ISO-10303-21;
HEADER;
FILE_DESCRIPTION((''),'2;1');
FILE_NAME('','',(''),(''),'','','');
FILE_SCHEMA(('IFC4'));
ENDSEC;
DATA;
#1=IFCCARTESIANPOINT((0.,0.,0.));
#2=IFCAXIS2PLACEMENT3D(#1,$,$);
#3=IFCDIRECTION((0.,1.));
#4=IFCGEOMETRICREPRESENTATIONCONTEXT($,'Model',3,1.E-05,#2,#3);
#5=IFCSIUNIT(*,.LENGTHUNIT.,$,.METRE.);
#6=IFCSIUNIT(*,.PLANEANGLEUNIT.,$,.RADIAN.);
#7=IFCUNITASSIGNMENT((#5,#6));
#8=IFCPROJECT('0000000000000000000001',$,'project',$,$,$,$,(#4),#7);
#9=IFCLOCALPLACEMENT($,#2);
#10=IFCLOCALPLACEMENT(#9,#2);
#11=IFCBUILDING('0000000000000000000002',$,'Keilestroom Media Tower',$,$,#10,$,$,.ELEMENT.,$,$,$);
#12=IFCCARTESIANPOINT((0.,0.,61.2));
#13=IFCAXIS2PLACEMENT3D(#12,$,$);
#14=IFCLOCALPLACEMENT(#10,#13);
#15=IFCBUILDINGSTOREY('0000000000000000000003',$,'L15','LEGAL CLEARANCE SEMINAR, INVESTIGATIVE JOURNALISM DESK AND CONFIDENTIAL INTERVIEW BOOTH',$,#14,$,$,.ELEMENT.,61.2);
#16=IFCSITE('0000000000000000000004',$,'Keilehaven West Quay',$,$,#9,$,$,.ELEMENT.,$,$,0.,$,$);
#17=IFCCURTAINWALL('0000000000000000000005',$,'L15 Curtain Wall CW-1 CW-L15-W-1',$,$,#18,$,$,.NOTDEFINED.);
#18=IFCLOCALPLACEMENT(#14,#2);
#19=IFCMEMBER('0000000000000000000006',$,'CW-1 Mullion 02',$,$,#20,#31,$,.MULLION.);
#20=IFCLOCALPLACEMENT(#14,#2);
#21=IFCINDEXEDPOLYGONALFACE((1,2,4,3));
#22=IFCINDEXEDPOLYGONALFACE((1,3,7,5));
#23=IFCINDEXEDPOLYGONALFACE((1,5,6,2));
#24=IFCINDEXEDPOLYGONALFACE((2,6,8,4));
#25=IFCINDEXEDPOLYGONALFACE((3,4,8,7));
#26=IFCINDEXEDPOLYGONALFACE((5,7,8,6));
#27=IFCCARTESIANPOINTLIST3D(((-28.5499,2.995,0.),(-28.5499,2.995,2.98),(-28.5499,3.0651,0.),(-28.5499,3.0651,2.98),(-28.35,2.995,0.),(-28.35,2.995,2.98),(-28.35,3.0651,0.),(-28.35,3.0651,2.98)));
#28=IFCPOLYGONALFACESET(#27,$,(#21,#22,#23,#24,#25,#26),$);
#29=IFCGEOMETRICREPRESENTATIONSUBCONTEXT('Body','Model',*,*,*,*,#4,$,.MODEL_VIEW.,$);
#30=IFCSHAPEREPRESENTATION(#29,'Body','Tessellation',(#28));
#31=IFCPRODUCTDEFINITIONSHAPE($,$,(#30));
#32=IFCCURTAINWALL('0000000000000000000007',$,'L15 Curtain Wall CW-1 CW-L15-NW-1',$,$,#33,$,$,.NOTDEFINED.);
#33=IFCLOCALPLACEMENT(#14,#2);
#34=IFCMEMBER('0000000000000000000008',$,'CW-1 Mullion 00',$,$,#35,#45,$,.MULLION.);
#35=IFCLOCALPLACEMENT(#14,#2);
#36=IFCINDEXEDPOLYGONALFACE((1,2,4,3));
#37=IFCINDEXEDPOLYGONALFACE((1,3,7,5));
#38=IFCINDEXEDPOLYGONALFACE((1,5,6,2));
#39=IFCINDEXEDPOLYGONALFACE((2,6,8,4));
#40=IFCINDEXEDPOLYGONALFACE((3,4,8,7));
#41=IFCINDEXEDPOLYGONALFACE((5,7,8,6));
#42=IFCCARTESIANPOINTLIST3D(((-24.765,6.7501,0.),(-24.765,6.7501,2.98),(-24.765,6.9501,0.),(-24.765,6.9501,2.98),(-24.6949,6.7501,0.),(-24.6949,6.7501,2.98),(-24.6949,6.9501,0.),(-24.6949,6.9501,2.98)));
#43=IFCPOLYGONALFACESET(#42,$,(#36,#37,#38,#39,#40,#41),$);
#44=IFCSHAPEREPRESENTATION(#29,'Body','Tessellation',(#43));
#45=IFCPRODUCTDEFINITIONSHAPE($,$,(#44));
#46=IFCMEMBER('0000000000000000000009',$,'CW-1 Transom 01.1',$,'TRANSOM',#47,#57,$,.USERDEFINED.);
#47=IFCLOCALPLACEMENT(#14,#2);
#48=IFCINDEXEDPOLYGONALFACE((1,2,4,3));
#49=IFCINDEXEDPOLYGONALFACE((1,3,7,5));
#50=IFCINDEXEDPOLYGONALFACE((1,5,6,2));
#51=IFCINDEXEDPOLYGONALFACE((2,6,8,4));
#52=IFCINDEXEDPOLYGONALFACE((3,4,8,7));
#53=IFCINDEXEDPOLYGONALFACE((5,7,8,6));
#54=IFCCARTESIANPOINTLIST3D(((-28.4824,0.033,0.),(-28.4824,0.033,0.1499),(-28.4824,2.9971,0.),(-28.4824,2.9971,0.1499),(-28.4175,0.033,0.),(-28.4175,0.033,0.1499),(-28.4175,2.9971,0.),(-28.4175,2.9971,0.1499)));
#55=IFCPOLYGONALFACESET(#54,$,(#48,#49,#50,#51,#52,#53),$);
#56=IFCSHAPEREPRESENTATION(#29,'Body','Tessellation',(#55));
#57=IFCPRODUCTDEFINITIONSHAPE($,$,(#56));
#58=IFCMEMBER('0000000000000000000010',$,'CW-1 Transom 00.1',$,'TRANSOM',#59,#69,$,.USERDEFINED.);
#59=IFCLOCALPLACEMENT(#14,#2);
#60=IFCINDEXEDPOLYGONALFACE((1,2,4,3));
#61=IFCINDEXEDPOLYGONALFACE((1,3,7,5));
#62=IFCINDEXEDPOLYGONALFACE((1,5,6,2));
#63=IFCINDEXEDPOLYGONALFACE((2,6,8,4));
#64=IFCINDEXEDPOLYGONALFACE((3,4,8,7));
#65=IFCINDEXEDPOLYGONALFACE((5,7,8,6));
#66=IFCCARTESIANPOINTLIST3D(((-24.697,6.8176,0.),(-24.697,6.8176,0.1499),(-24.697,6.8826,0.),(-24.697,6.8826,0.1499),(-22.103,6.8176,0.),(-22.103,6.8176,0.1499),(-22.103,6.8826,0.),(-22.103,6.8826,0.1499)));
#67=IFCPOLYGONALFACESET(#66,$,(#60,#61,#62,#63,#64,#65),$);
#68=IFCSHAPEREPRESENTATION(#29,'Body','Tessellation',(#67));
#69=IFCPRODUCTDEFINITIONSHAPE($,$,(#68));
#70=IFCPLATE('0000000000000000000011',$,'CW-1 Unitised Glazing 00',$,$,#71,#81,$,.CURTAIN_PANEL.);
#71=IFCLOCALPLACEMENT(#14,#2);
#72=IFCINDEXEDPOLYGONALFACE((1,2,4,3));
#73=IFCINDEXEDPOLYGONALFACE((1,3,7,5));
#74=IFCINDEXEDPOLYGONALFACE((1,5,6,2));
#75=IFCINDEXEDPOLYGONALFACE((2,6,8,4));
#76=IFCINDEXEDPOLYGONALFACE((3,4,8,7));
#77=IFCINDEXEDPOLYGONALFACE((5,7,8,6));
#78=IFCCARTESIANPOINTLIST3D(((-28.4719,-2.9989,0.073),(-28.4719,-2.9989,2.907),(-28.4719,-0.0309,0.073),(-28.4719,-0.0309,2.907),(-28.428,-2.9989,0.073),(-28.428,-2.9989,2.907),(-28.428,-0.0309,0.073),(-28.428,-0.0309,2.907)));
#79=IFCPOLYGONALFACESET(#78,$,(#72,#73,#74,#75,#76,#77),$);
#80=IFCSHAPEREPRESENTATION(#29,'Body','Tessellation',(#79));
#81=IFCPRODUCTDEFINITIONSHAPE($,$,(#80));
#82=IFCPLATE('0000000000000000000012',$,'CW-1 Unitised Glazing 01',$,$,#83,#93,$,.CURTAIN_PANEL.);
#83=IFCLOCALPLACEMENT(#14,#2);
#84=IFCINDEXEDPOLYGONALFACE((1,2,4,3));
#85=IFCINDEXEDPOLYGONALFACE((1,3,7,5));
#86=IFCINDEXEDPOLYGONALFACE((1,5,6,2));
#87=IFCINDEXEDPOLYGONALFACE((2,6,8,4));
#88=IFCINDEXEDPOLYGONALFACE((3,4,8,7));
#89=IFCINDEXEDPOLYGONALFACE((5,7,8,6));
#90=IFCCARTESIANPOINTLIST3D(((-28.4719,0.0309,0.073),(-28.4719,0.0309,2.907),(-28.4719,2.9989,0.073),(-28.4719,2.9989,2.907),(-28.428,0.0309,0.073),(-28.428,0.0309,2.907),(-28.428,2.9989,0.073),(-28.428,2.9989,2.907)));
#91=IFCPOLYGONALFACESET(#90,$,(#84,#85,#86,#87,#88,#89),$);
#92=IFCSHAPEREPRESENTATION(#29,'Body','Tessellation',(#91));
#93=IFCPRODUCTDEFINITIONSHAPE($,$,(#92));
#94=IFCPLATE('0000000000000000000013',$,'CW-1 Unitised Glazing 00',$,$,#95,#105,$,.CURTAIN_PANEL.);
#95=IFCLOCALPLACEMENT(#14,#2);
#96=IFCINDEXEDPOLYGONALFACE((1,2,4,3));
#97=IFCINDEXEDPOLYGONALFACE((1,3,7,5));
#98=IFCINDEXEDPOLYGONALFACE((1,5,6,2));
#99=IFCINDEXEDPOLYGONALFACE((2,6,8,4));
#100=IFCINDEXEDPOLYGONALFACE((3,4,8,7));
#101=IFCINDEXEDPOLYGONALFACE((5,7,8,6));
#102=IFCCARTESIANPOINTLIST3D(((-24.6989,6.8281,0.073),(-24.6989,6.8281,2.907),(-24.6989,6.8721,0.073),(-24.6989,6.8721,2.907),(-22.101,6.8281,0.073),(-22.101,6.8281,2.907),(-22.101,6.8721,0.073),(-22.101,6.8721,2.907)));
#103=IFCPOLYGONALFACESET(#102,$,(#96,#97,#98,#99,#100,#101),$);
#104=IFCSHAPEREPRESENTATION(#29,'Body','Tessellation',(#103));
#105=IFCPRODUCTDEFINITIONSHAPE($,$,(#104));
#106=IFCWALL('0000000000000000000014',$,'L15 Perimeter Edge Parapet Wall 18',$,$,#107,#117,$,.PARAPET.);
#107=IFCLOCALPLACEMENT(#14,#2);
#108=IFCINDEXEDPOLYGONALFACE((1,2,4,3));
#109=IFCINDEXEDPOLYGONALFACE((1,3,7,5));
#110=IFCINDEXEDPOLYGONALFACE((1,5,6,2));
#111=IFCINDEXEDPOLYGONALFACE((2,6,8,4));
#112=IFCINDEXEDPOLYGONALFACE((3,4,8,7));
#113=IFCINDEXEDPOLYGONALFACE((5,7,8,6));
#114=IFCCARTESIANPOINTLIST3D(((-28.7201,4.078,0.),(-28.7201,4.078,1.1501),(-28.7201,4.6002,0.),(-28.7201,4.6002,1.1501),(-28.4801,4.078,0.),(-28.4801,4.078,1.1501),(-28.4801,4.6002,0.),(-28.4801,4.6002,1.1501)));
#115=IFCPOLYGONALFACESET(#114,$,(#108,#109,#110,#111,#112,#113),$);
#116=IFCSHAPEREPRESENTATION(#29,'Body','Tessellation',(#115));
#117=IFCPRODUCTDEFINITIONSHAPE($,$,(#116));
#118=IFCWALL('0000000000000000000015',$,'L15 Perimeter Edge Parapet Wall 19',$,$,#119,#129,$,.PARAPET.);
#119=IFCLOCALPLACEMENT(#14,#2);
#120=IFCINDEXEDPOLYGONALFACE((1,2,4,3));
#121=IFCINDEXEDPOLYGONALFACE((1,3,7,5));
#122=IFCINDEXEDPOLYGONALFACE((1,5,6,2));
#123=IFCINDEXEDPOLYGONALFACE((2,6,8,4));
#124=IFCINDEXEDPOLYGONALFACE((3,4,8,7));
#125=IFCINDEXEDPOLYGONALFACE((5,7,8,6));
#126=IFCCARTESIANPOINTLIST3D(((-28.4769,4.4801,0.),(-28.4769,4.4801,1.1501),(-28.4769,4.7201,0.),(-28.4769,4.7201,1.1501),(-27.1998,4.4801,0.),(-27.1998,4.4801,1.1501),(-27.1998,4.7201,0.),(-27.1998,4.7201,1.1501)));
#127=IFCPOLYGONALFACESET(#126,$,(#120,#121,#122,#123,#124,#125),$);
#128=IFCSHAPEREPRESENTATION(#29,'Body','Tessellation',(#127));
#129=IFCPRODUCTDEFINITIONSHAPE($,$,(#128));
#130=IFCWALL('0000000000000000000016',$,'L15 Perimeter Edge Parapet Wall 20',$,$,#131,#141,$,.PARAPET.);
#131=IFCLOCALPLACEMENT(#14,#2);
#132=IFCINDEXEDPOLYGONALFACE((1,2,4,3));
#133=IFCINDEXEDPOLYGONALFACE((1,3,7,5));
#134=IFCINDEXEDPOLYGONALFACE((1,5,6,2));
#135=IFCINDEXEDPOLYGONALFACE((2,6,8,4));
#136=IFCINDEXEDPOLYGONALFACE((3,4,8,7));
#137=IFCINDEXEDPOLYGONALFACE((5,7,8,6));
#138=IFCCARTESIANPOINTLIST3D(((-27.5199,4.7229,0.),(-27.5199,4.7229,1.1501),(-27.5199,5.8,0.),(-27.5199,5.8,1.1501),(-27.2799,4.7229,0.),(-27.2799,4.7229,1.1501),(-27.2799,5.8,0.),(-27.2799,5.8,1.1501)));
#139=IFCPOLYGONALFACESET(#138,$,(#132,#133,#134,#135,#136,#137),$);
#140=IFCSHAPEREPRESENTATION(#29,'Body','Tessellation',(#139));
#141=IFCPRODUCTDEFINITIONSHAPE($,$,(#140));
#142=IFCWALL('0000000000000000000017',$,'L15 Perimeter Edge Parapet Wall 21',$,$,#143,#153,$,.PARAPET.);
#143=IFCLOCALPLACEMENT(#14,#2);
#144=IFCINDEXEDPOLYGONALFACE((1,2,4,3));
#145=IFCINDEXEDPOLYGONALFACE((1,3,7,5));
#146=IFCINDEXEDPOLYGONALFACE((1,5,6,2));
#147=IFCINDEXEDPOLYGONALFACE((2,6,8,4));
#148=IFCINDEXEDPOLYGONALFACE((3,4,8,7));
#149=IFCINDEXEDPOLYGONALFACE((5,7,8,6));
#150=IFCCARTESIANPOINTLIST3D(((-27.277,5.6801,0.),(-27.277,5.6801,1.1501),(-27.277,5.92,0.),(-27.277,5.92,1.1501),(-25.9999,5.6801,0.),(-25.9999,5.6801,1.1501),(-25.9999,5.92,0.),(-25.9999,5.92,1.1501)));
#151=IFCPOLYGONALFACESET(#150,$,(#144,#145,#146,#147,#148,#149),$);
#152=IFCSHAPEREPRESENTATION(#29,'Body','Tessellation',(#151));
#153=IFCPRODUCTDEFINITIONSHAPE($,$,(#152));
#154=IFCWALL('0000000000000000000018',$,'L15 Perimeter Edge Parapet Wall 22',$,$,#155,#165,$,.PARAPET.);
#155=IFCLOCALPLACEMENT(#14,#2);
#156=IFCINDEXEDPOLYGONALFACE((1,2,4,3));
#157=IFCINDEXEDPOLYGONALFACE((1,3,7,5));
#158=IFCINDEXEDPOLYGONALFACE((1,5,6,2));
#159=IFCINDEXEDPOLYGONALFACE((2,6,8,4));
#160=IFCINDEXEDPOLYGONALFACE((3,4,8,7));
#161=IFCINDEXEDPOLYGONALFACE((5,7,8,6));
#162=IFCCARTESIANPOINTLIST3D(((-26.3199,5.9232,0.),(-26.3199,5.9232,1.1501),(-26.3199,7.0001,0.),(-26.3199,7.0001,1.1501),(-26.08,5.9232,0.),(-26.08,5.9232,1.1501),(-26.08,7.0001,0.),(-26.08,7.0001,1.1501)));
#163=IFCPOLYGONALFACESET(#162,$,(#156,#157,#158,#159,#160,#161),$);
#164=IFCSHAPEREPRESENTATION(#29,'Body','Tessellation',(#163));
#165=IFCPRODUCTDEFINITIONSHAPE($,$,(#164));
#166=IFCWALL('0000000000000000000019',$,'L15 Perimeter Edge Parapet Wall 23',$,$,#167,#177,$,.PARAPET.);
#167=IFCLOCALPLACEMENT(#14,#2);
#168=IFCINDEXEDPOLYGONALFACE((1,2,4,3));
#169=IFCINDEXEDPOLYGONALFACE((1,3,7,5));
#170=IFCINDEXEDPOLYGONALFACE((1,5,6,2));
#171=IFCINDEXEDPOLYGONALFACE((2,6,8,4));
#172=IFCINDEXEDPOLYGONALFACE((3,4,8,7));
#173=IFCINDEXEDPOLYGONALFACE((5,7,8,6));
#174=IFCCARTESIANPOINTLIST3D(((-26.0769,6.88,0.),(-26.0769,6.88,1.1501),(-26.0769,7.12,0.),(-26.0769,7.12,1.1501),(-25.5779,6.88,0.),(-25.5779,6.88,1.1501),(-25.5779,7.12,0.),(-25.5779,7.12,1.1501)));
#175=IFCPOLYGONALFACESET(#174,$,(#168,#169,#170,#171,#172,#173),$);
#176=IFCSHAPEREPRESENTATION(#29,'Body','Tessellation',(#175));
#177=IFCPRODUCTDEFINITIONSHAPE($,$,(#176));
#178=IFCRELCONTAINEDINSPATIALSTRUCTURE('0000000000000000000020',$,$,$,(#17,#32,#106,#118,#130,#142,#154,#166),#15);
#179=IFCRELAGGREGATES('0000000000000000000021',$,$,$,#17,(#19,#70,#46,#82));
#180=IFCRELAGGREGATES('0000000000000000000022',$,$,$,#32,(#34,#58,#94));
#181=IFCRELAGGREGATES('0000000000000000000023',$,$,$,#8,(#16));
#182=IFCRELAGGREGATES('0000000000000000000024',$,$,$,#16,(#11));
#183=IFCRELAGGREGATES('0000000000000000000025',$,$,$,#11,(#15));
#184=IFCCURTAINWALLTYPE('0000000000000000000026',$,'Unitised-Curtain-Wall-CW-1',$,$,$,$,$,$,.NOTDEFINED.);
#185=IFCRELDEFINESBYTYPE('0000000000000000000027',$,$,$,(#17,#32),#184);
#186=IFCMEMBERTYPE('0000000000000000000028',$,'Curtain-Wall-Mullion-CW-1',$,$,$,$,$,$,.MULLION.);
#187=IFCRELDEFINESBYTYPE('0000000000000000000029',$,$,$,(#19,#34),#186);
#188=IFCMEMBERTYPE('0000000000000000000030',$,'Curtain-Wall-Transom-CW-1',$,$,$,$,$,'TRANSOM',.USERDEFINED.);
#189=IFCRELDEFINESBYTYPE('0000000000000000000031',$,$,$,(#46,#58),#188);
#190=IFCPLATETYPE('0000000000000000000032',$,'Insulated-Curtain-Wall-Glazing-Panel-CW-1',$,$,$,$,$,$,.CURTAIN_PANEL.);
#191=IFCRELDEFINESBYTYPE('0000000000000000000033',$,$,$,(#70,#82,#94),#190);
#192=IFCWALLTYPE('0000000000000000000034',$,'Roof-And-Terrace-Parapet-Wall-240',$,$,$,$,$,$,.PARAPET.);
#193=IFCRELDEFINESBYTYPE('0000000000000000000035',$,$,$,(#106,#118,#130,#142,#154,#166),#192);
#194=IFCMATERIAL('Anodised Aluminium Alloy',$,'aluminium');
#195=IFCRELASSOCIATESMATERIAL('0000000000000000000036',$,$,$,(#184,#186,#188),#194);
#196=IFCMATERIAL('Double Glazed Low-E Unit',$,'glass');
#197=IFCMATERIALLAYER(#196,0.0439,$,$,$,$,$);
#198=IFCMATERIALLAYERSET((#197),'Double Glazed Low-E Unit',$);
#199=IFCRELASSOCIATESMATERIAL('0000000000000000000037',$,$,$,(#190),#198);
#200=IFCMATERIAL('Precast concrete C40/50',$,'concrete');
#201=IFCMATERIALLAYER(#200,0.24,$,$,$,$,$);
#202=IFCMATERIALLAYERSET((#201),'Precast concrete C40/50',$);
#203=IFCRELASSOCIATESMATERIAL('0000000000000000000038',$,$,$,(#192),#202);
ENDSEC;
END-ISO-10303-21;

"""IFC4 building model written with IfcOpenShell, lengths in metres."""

from ifc_helpers import new_model, si_unit, direction, frame, frame_2d, origin, origin_2d, place, context, subcontext, project, spatial, rectangle, extrude, source, transform, mapped, material, layer, layer_set, material_profile, profile_set, type_object, element, aggregate, save


model = new_model("IFC4")

# Units and contexts
model_context = context("Model", 3, precision=1e-05, world=origin(), true_north=direction((0.0, 1.0)))
body_context = subcontext(model_context, "Body", "Model", "MODEL_VIEW")
ifc_project = project(units=[si_unit("LENGTHUNIT", "METRE"), si_unit("PLANEANGLEUNIT", "RADIAN")], contexts=[model_context])

# Site, building, storey
site_placement = place(None, origin())
site = spatial("IfcSite", under=ifc_project, at=site_placement, Name="Keilehaven West Quay", CompositionType="ELEMENT", RefElevation=0.0)
building_placement = place(site_placement, origin())
building = spatial("IfcBuilding", under=site, at=building_placement, Name="Keilestroom Media Tower", CompositionType="ELEMENT")
storey_placement = place(building_placement, frame((0.0, 0.0, 61.2)))
storey = spatial("IfcBuildingStorey", under=building, at=storey_placement, Name="L15", Description="LEGAL CLEARANCE SEMINAR, INVESTIGATIVE JOURNALISM DESK AND CONFIDENTIAL INTERVIEW BOOTH", CompositionType="ELEMENT", Elevation=61.2)

# Shared definitions
ifc_material_1 = material(Name="Precast concrete C40/50", Category="concrete")

# Curtain wall, member
ifc_material_2 = material(Name="Anodised Aluminium Alloy", Category="aluminium")
curtain_wall_type = type_object("IfcCurtainWallType", Name="Unitised-Curtain-Wall-CW-1", PredefinedType="NOTDEFINED", material=ifc_material_2)
curtain_wall_1_placement = place(storey_placement, origin())
curtain_wall_1 = element("IfcCurtainWall", 1, at=curtain_wall_1_placement, inside=storey, type_object=curtain_wall_type, Name="L15 Curtain Wall CW-1 CW-L15-W-1", PredefinedType="NOTDEFINED")
ifc_material_profile_1 = material_profile(ifc_material_2, rectangle(XDim=0.0701, YDim=0.2, at=origin_2d()), Name="ALU MULLION 70x200")
ifc_profile_set_1 = profile_set([ifc_material_profile_1], Name="Anodised Aluminium Alloy")
member_type_1 = type_object("IfcMemberType", Name="Curtain-Wall-Mullion-CW-1", PredefinedType="MULLION", material=ifc_profile_set_1)
shared_shape_1 = source(origin(), body_context, "Body", "SweptSolid", [
    extrude(rectangle(XDim=0.0701, YDim=0.2, at=origin_2d()), origin(), (0.0, 0.0, 1.0), 2.98),
])
member_1_placement = place(storey_placement, frame((-28.45, 3.03, 0.0), z_axis=(0.0, 0.0, 1.0), x_axis=(0.0, 1.0, 0.0)))
member_1 = element("IfcMember", 2, at=member_1_placement, type_object=member_type_1, Name="CW-1 Mullion 02", PredefinedType="MULLION", context=body_context, shape_type="MappedRepresentation", body=[
    mapped(shared_shape_1, transform((0.0, 0.0, 0.0), x_axis=(1.0, 0.0, 0.0), y_axis=(0.0, 1.0, 0.0), z_axis=(0.0, 0.0, 1.0), scale=1.0)),
])

# Curtain wall, member
curtain_wall_2_placement = place(storey_placement, origin())
curtain_wall_2 = element("IfcCurtainWall", 3, at=curtain_wall_2_placement, inside=storey, type_object=curtain_wall_type, Name="L15 Curtain Wall CW-1 CW-L15-NW-1", PredefinedType="NOTDEFINED")
member_2_placement = place(storey_placement, frame((-24.73, 6.8501, 0.0), z_axis=(0.0, 0.0, 1.0), x_axis=(1.0, 0.0, 0.0)))
member_2 = element("IfcMember", 4, at=member_2_placement, type_object=member_type_1, Name="CW-1 Mullion 00", PredefinedType="MULLION", context=body_context, shape_type="MappedRepresentation", body=[
    mapped(shared_shape_1, transform((0.0, 0.0, 0.0), x_axis=(1.0, 0.0, 0.0), y_axis=(0.0, 1.0, 0.0), z_axis=(0.0, 0.0, 1.0), scale=1.0)),
])

# Members
ifc_material_profile_2 = material_profile(ifc_material_2, rectangle(XDim=0.0649, YDim=0.1499, at=origin_2d()), Name="ALU TRANSOM 65x150")
ifc_profile_set_2 = profile_set([ifc_material_profile_2], Name="Anodised Aluminium Alloy")
member_type_2 = type_object("IfcMemberType", Name="Curtain-Wall-Transom-CW-1", ElementType="TRANSOM", PredefinedType="USERDEFINED", material=ifc_profile_set_2)
shared_shape_2 = source(origin(), body_context, "Body", "SweptSolid", [
    extrude(rectangle(XDim=0.0649, YDim=0.1499, at=origin_2d()), origin(), (0.0, 0.0, 1.0), 2.9641),
])
member_3_placement = place(storey_placement, frame((-28.45, 0.033, 0.075), z_axis=(0.0, 1.0, 0.0), x_axis=(-1.0, 0.0, 0.0)))
member_3 = element("IfcMember", 5, at=member_3_placement, type_object=member_type_2, Name="CW-1 Transom 01.1", ObjectType="TRANSOM", PredefinedType="USERDEFINED", context=body_context, shape_type="MappedRepresentation", body=[
    mapped(shared_shape_2, transform((0.0, 0.0, 0.0), x_axis=(1.0, 0.0, 0.0), y_axis=(0.0, 1.0, 0.0), z_axis=(0.0, 0.0, 1.0), scale=1.0)),
])
shared_shape_3 = source(origin(), body_context, "Body", "SweptSolid", [
    extrude(rectangle(XDim=0.0649, YDim=0.1499, at=origin_2d()), origin(), (0.0, 0.0, 1.0), 2.594),
])
member_4_placement = place(storey_placement, frame((-24.697, 6.8501, 0.075), z_axis=(1.0, 0.0, 0.0), x_axis=(0.0, 1.0, 0.0)))
member_4 = element("IfcMember", 6, at=member_4_placement, type_object=member_type_2, Name="CW-1 Transom 00.1", ObjectType="TRANSOM", PredefinedType="USERDEFINED", context=body_context, shape_type="MappedRepresentation", body=[
    mapped(shared_shape_3, transform((0.0, 0.0, 0.0), x_axis=(1.0, 0.0, 0.0), y_axis=(0.0, 1.0, 0.0), z_axis=(0.0, 0.0, 1.0), scale=1.0)),
])

# Plates
ifc_material_3 = material(Name="Double Glazed Low-E Unit", Category="glass")
ifc_layer_1 = layer(ifc_material_3, 0.0439)
ifc_layer_set_1 = layer_set([ifc_layer_1], Name="Double Glazed Low-E Unit")
plate_type = type_object("IfcPlateType", Name="Insulated-Curtain-Wall-Glazing-Panel-CW-1", PredefinedType="CURTAIN_PANEL", material=ifc_layer_set_1)
shared_shape_4 = source(origin(), body_context, "Body", "SweptSolid", [
    extrude(rectangle(XDim=2.968, YDim=0.0439, at=origin_2d()), origin(), (0.0, 0.0, 1.0), 2.834),
])
plate_1_placement = place(storey_placement, frame((-28.45, -1.5149, 0.073), z_axis=(0.0, 0.0, 1.0), x_axis=(0.0, 1.0, 0.0)))
plate_1 = element("IfcPlate", 7, at=plate_1_placement, type_object=plate_type, Name="CW-1 Unitised Glazing 00", PredefinedType="CURTAIN_PANEL", context=body_context, shape_type="MappedRepresentation", body=[
    mapped(shared_shape_4, transform((0.0, 0.0, 0.0), x_axis=(1.0, 0.0, 0.0), y_axis=(0.0, 1.0, 0.0), z_axis=(0.0, 0.0, 1.0), scale=1.0)),
])
plate_2_placement = place(storey_placement, frame((-28.45, 1.5149, 0.073), z_axis=(0.0, 0.0, 1.0), x_axis=(0.0, 1.0, 0.0)))
plate_2 = element("IfcPlate", 8, at=plate_2_placement, type_object=plate_type, Name="CW-1 Unitised Glazing 01", PredefinedType="CURTAIN_PANEL", context=body_context, shape_type="MappedRepresentation", body=[
    mapped(shared_shape_4, transform((0.0, 0.0, 0.0), x_axis=(1.0, 0.0, 0.0), y_axis=(0.0, 1.0, 0.0), z_axis=(0.0, 0.0, 1.0), scale=1.0)),
])
aggregate(curtain_wall_1, [member_1, plate_1, member_3, plate_2])
shared_shape_5 = source(origin(), body_context, "Body", "SweptSolid", [
    extrude(rectangle(XDim=2.5979, YDim=0.0439, at=origin_2d()), origin(), (0.0, 0.0, 1.0), 2.834),
])
plate_3_placement = place(storey_placement, frame((-23.3999, 6.8501, 0.073), z_axis=(0.0, 0.0, 1.0), x_axis=(1.0, 0.0, 0.0)))
plate_3 = element("IfcPlate", 9, at=plate_3_placement, type_object=plate_type, Name="CW-1 Unitised Glazing 00", PredefinedType="CURTAIN_PANEL", context=body_context, shape_type="MappedRepresentation", body=[
    mapped(shared_shape_5, transform((0.0, 0.0, 0.0), x_axis=(1.0, 0.0, 0.0), y_axis=(0.0, 1.0, 0.0), z_axis=(0.0, 0.0, 1.0), scale=1.0)),
])
aggregate(curtain_wall_2, [member_2, member_4, plate_3])

# Walls
ifc_layer_2 = layer(ifc_material_1, 0.24)
ifc_layer_set_2 = layer_set([ifc_layer_2], Name="Precast concrete C40/50")
wall_type = type_object("IfcWallType", Name="Roof-And-Terrace-Parapet-Wall-240", PredefinedType="PARAPET", material=ifc_layer_set_2)
wall_1_placement = place(storey_placement, frame((-28.6001, 4.0779, 0.0), z_axis=(0.0, 0.0, 1.0), x_axis=(0.0, 1.0, 0.0)))
element("IfcWall", 10, at=wall_1_placement, inside=storey, type_object=wall_type, Name="L15 Perimeter Edge Parapet Wall 18", PredefinedType="PARAPET", context=body_context, shape_type="SweptSolid", body=[
    extrude(rectangle(XDim=0.5222, YDim=0.24, at=frame_2d((0.2612, 0.0))), origin(), (0.0, 0.0, 1.0), 1.1501),
])
wall_2_placement = place(storey_placement, frame((-28.4771, 4.6001, 0.0), z_axis=(0.0, 0.0, 1.0), x_axis=(1.0, 0.0, 0.0)))
element("IfcWall", 11, at=wall_2_placement, inside=storey, type_object=wall_type, Name="L15 Perimeter Edge Parapet Wall 19", PredefinedType="PARAPET", context=body_context, shape_type="SweptSolid", body=[
    extrude(rectangle(XDim=1.2771, YDim=0.24, at=frame_2d((0.6387, 0.0))), origin(), (0.0, 0.0, 1.0), 1.1501),
])
wall_3_placement = place(storey_placement, frame((-27.3999, 4.7229, 0.0), z_axis=(0.0, 0.0, 1.0), x_axis=(0.0, 1.0, 0.0)))
element("IfcWall", 12, at=wall_3_placement, inside=storey, type_object=wall_type, Name="L15 Perimeter Edge Parapet Wall 20", PredefinedType="PARAPET", context=body_context, shape_type="SweptSolid", body=[
    extrude(rectangle(XDim=1.0771, YDim=0.24, at=frame_2d((0.5386, 0.0))), origin(), (0.0, 0.0, 1.0), 1.1501),
])
wall_4_placement = place(storey_placement, frame((-27.2771, 5.8, 0.0), z_axis=(0.0, 0.0, 1.0), x_axis=(1.0, 0.0, 0.0)))
element("IfcWall", 13, at=wall_4_placement, inside=storey, type_object=wall_type, Name="L15 Perimeter Edge Parapet Wall 21", PredefinedType="PARAPET", context=body_context, shape_type="SweptSolid", body=[
    extrude(rectangle(XDim=1.2771, YDim=0.24, at=frame_2d((0.6387, 0.0))), origin(), (0.0, 0.0, 1.0), 1.1501),
])
wall_5_placement = place(storey_placement, frame((-26.2, 5.9231, 0.0), z_axis=(0.0, 0.0, 1.0), x_axis=(0.0, 1.0, 0.0)))
element("IfcWall", 14, at=wall_5_placement, inside=storey, type_object=wall_type, Name="L15 Perimeter Edge Parapet Wall 22", PredefinedType="PARAPET", context=body_context, shape_type="SweptSolid", body=[
    extrude(rectangle(XDim=1.0769, YDim=0.24, at=frame_2d((0.5386, 0.0))), origin(), (0.0, 0.0, 1.0), 1.1501),
])
wall_6_placement = place(storey_placement, frame((-26.0769, 7.0, 0.0), z_axis=(0.0, 0.0, 1.0), x_axis=(1.0, 0.0, 0.0)))
element("IfcWall", 15, at=wall_6_placement, inside=storey, type_object=wall_type, Name="L15 Perimeter Edge Parapet Wall 23", PredefinedType="PARAPET", context=body_context, shape_type="SweptSolid", body=[
    extrude(rectangle(XDim=0.499, YDim=0.24, at=frame_2d((0.2495, 0.0))), origin(), (0.0, 0.0, 1.0), 1.1501),
])

save(model, "model.ifc")
